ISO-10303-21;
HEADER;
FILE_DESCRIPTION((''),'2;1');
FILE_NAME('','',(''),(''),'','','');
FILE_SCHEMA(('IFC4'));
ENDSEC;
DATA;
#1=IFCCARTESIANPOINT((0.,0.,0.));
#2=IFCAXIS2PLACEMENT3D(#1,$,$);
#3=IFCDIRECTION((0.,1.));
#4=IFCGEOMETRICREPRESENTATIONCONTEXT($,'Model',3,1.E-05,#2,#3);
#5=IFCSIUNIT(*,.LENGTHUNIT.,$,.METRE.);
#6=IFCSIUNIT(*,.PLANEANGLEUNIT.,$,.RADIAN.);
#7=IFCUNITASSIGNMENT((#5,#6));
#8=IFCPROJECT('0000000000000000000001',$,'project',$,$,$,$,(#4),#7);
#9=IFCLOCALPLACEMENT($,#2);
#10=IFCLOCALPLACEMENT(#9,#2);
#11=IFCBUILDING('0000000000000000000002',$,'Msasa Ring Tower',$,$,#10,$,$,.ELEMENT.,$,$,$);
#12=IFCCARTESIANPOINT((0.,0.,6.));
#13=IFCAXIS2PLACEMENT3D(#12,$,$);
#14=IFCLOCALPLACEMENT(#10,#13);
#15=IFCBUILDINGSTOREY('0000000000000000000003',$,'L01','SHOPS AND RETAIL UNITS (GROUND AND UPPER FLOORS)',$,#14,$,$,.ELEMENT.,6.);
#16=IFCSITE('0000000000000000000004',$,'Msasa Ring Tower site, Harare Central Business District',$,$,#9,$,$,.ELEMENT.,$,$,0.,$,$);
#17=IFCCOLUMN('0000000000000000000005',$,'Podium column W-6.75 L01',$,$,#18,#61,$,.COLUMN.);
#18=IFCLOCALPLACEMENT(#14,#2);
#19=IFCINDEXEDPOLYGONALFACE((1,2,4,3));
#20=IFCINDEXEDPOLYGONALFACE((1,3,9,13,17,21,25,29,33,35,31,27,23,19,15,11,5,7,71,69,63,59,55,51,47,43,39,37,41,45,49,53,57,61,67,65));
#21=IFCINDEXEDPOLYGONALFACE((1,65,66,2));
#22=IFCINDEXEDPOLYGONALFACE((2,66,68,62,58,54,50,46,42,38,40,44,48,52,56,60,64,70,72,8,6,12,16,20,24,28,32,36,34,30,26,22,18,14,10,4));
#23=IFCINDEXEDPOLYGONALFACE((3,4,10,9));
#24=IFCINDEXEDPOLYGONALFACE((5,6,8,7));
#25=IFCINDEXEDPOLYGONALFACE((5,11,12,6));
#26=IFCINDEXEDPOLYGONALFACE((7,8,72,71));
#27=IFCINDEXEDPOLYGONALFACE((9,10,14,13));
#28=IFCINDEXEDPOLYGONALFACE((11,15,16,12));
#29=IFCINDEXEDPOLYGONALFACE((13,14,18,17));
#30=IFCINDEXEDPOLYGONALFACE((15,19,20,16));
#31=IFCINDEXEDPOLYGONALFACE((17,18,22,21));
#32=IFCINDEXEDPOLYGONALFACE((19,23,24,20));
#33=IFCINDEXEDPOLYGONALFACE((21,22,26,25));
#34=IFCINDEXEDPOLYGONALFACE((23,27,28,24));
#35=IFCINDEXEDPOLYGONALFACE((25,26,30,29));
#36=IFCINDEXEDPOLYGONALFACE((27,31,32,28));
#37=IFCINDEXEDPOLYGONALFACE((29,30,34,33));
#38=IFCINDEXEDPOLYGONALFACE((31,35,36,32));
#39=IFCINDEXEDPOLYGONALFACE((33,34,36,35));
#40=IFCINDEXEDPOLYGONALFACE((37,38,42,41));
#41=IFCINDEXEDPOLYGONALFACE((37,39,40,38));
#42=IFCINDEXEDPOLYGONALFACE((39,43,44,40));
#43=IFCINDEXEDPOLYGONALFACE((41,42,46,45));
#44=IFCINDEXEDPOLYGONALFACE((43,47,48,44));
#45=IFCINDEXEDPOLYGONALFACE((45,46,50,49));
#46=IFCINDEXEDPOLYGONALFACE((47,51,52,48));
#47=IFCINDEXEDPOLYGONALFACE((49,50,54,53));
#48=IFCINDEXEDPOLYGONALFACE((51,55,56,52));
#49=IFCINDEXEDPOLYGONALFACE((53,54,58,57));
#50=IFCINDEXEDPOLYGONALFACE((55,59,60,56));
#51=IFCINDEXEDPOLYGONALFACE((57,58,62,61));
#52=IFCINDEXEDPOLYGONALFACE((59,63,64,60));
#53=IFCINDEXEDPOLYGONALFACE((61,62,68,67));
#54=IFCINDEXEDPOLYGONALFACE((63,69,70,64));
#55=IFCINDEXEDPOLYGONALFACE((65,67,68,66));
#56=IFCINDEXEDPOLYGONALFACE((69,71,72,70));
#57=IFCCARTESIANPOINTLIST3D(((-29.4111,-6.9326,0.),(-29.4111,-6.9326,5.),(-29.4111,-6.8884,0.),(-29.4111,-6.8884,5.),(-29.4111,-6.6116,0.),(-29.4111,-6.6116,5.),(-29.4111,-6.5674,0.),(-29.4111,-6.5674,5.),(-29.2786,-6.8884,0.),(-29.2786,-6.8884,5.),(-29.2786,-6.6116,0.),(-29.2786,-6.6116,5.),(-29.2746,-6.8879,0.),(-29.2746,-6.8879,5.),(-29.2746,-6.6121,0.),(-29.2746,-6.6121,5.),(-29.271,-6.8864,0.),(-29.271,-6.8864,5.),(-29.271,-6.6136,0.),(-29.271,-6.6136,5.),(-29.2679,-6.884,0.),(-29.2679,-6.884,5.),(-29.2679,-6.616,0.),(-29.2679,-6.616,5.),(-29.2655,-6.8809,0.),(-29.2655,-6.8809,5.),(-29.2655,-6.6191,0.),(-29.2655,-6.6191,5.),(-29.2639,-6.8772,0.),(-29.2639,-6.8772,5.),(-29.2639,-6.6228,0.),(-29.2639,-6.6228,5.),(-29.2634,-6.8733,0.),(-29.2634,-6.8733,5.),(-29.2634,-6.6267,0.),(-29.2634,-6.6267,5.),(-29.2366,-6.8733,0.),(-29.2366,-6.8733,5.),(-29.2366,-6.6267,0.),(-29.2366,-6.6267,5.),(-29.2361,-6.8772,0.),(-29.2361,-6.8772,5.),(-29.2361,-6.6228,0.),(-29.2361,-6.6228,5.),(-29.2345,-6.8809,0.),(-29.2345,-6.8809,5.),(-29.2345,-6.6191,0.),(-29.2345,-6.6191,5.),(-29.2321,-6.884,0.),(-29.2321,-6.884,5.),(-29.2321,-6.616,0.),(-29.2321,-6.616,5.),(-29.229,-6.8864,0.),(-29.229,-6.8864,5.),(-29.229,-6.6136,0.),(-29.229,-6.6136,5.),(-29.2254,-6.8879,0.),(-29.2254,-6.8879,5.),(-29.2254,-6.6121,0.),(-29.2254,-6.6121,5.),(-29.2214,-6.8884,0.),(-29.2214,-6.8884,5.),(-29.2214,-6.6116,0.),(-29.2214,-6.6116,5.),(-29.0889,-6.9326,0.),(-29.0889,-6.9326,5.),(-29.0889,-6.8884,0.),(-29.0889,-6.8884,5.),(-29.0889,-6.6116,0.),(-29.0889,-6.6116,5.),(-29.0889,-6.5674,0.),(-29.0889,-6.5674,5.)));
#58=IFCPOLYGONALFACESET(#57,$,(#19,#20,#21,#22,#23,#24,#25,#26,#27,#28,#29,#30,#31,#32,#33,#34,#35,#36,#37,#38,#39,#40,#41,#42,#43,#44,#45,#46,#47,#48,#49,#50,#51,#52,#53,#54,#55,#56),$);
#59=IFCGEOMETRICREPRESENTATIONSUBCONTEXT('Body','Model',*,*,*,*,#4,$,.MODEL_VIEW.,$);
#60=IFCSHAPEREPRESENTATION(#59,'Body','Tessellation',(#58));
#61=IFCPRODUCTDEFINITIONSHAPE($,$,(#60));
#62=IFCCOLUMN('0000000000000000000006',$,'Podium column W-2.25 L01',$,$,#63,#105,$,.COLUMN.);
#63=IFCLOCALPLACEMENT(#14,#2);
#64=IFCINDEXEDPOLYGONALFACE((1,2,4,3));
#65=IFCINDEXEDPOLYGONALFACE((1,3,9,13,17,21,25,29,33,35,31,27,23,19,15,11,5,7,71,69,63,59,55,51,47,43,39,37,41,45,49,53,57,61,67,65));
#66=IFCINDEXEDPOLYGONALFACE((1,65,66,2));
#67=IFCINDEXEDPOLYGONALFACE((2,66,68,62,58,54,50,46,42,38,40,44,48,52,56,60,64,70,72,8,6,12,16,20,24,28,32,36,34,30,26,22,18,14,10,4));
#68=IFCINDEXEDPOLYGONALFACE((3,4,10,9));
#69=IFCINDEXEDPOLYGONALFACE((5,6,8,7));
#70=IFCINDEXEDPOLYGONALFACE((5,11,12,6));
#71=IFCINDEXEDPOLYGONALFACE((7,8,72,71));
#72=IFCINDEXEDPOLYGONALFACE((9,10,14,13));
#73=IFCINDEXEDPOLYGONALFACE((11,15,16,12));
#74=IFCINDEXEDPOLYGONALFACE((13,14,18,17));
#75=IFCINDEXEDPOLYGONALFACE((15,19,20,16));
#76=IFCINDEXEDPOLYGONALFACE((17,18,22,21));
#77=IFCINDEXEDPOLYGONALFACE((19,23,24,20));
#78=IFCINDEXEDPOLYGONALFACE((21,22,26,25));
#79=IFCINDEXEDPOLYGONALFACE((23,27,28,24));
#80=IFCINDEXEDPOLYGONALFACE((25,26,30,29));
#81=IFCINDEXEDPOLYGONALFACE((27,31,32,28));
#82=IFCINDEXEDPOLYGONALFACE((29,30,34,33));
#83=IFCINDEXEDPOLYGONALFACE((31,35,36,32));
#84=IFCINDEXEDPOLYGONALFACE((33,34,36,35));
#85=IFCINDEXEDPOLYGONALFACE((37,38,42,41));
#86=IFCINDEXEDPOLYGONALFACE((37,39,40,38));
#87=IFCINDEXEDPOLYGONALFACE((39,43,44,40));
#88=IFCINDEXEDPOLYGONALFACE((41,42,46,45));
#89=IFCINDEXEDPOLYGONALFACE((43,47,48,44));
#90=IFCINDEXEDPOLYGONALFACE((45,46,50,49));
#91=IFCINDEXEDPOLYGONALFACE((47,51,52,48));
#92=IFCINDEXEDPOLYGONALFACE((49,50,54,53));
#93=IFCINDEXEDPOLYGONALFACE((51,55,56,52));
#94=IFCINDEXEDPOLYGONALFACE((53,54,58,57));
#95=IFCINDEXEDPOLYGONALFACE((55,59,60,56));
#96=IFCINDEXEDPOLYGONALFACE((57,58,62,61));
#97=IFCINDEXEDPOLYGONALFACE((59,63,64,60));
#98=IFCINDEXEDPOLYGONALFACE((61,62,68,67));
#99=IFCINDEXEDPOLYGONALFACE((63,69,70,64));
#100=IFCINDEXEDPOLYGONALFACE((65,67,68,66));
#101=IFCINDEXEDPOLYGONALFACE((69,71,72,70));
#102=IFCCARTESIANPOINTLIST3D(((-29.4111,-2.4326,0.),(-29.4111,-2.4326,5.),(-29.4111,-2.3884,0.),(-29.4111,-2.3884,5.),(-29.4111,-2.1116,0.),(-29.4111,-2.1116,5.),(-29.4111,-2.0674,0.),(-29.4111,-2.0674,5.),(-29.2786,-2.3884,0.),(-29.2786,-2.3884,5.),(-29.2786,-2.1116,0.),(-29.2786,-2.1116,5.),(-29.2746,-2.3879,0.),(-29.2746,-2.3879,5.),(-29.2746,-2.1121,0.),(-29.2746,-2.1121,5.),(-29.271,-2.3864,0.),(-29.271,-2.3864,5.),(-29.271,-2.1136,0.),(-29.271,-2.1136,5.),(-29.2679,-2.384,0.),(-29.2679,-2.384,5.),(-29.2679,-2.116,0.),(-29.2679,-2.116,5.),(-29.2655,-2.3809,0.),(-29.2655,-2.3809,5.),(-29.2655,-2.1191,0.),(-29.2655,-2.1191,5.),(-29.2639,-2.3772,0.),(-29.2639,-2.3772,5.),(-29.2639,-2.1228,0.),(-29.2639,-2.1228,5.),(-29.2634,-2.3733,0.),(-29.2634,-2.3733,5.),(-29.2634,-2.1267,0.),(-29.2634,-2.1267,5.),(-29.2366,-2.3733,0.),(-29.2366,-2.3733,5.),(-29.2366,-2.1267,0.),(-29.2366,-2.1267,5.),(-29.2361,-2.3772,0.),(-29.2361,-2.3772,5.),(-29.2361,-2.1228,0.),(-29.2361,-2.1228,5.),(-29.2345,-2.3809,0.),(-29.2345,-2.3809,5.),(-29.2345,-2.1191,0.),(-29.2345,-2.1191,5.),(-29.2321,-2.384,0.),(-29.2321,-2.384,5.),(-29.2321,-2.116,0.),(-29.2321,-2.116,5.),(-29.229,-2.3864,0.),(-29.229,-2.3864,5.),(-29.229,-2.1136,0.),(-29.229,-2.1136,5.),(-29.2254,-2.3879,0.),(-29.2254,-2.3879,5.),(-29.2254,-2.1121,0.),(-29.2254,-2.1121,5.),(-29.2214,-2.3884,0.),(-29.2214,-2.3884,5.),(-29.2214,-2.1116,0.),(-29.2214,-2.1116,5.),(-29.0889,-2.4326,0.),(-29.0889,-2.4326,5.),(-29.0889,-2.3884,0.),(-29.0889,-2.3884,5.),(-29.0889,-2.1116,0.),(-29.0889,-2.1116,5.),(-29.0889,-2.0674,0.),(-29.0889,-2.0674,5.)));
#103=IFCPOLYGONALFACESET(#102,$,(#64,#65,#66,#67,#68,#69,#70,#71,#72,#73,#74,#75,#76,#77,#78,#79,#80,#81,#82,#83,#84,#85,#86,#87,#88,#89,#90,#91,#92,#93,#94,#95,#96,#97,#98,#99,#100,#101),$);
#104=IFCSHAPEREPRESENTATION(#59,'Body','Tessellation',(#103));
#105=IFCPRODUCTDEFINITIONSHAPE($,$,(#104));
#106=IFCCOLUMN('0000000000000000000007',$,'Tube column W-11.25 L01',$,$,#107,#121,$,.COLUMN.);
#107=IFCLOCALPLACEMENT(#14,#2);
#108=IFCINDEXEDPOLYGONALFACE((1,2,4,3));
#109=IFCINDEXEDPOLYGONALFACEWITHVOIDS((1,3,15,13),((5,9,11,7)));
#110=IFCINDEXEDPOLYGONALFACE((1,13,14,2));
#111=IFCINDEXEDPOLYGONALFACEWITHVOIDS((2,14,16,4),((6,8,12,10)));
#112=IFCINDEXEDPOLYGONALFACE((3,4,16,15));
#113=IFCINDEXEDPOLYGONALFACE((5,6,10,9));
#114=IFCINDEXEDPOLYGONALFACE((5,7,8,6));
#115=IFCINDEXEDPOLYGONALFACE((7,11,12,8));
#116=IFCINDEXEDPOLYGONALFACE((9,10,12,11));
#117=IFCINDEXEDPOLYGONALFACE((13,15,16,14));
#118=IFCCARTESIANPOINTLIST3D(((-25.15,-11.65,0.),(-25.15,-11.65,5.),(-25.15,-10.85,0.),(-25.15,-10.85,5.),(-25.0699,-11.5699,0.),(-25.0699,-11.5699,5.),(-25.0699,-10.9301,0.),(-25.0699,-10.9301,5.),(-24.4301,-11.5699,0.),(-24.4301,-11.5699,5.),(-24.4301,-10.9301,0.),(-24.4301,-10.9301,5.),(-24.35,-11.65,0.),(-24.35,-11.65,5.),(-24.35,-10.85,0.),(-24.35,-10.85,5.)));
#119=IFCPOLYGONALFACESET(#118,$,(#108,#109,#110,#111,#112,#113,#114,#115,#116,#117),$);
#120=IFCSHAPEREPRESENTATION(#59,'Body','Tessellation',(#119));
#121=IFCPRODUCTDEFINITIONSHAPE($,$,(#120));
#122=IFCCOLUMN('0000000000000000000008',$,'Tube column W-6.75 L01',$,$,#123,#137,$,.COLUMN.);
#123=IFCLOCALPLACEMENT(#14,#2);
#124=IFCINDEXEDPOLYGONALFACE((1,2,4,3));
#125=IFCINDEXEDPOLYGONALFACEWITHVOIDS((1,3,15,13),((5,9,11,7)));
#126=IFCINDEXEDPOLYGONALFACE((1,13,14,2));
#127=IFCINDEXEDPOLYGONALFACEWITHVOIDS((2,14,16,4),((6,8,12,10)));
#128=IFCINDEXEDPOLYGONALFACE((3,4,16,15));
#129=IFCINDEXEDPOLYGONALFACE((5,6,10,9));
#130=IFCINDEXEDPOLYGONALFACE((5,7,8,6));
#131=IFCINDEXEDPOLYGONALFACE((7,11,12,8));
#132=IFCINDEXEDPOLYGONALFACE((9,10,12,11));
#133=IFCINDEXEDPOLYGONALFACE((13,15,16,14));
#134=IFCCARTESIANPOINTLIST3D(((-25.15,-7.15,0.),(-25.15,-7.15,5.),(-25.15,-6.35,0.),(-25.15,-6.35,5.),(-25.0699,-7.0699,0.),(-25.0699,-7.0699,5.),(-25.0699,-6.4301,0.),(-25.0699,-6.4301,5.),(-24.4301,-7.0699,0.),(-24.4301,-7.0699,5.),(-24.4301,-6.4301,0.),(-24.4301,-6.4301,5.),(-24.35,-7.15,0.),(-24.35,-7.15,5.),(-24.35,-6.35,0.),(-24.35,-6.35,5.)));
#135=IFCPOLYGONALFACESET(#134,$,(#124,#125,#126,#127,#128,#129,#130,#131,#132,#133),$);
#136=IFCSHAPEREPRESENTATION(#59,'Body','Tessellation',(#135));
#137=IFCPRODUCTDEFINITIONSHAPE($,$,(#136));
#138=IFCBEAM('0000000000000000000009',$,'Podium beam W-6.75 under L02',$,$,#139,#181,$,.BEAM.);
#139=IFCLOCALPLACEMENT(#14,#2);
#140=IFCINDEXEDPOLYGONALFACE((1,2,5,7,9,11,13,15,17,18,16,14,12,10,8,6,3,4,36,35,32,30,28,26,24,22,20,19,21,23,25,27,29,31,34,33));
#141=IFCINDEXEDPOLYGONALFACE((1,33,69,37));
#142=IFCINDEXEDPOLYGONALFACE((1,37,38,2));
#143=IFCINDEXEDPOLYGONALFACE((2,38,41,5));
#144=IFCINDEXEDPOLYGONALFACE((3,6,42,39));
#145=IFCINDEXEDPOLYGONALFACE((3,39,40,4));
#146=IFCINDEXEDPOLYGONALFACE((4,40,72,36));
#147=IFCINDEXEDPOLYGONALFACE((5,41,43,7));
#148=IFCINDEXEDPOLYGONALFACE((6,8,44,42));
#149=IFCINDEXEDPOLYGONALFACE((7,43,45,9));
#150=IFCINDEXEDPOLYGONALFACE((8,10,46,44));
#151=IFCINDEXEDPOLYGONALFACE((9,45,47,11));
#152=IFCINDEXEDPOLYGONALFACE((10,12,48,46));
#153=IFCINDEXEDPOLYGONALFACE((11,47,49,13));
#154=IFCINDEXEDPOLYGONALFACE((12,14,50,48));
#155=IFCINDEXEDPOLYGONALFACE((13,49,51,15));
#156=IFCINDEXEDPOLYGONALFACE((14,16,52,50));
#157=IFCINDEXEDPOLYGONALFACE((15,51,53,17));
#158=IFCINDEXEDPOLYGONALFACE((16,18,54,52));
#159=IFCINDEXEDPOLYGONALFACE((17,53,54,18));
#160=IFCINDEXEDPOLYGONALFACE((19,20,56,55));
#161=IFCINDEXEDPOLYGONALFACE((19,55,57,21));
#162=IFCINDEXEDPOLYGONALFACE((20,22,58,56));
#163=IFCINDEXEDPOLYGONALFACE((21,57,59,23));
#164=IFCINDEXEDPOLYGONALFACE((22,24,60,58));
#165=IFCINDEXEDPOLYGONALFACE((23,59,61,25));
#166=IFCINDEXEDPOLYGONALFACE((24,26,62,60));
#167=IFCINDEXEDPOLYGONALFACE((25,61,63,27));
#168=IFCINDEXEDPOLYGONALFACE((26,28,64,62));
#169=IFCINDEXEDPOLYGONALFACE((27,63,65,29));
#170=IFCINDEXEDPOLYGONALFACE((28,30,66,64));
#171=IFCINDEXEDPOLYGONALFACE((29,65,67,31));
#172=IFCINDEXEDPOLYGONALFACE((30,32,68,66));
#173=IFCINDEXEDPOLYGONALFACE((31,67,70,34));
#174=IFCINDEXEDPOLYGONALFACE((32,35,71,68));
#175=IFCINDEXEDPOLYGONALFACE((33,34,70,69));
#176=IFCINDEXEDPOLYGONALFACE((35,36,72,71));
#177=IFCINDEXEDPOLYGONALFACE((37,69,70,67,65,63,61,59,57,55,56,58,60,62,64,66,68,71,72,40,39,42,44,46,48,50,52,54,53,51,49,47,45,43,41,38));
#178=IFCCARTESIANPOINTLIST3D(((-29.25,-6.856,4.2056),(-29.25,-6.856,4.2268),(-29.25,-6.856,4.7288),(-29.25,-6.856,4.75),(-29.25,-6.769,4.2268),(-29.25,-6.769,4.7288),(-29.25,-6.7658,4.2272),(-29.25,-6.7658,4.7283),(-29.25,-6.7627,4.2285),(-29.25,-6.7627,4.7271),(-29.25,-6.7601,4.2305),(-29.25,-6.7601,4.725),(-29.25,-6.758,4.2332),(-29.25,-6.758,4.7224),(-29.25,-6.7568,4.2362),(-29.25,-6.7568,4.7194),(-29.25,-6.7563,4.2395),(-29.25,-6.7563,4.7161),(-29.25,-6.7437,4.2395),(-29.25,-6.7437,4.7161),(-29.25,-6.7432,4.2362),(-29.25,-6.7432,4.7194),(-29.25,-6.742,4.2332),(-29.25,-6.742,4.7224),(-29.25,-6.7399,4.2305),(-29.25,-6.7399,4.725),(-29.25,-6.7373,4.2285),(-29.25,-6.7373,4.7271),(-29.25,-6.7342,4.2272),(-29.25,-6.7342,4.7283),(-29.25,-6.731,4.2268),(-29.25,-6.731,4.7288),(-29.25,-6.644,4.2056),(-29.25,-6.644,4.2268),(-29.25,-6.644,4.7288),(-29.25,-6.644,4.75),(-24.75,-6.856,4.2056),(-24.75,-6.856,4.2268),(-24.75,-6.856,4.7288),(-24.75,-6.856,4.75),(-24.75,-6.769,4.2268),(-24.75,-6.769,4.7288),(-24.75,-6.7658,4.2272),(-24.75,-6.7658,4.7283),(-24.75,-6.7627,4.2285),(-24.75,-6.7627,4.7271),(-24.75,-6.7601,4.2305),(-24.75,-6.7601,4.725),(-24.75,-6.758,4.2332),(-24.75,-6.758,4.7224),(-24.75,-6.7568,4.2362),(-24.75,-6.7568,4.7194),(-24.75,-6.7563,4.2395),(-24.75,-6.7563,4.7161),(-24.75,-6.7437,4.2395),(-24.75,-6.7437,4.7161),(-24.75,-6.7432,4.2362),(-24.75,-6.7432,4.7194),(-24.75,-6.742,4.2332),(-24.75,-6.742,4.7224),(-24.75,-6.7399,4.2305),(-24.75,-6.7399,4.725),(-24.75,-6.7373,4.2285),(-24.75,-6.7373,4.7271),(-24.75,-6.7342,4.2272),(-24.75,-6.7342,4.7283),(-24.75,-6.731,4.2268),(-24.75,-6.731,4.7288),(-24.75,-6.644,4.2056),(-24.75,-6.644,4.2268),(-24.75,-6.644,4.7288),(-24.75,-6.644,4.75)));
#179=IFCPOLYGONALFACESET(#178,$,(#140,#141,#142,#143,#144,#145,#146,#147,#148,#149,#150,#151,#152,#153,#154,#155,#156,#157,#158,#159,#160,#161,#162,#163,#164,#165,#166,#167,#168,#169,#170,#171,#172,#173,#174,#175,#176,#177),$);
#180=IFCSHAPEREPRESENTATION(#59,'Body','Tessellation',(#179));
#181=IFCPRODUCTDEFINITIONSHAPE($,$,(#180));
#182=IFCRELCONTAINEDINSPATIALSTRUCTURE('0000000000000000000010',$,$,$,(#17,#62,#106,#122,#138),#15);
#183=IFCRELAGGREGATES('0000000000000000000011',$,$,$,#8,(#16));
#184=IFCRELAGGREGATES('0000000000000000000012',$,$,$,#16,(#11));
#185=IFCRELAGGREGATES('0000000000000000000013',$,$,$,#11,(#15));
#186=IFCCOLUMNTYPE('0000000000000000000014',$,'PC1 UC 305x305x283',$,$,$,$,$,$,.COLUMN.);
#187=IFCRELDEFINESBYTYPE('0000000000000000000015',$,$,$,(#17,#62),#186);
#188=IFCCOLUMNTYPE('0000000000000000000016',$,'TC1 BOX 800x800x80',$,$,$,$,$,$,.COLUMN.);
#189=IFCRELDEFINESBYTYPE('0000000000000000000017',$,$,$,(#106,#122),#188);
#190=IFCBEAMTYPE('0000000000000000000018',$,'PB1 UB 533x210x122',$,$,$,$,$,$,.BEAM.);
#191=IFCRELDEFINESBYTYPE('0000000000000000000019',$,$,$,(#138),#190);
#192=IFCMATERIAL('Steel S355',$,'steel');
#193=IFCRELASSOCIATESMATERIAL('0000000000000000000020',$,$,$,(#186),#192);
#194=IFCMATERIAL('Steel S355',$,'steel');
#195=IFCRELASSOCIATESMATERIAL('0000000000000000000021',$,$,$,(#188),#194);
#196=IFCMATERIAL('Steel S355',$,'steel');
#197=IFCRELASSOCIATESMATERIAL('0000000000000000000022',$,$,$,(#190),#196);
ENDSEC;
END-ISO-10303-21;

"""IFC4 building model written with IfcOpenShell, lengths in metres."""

from ifc_helpers import new_model, si_unit, direction, frame, origin, origin_2d, place, context, subcontext, project, spatial, hollow_rectangle, i_section, extrude, material, material_profile, profile_set, type_object, element, save


model = new_model("IFC4")

# Units and contexts
model_context = context("Model", 3, precision=1e-05, world=origin(), true_north=direction((0.0, 1.0)))
body_context = subcontext(model_context, "Body", "Model", "MODEL_VIEW")
ifc_project = project(units=[si_unit("LENGTHUNIT", "METRE"), si_unit("PLANEANGLEUNIT", "RADIAN")], contexts=[model_context])

# Site, building, storey
site_placement = place(None, origin())
site = spatial("IfcSite", under=ifc_project, at=site_placement, Name="Msasa Ring Tower site, Harare Central Business District", CompositionType="ELEMENT", RefElevation=0.0)
building_placement = place(site_placement, origin())
building = spatial("IfcBuilding", under=site, at=building_placement, Name="Msasa Ring Tower", CompositionType="ELEMENT")
storey_placement = place(building_placement, frame((0.0, 0.0, 6.0)))
storey = spatial("IfcBuildingStorey", under=building, at=storey_placement, Name="L01", Description="SHOPS AND RETAIL UNITS (GROUND AND UPPER FLOORS)", CompositionType="ELEMENT", Elevation=6.0)

# Columns
ifc_material_1 = material(Name="Steel S355", Category="steel")
ifc_material_profile_1 = material_profile(ifc_material_1, i_section(OverallWidth=0.3223, OverallDepth=0.3652, WebThickness=0.0269, FlangeThickness=0.0442, FilletRadius=0.0151, at=origin_2d()), Name="UC 305x305x283")
ifc_profile_set_1 = profile_set([ifc_material_profile_1], Name="Steel S355")
column_type_1 = type_object("IfcColumnType", Name="PC1 UC 305x305x283", PredefinedType="COLUMN", material=ifc_profile_set_1)
for number, where, z_axis, x_axis, name in (
    (1, (-29.25, -6.75, 0.0), (0.0, 0.0, 1.0), (1.0, 0.0, 0.0), "Podium column W-6.75 L01"),
    (2, (-29.25, -2.25, 0.0), (0.0, 0.0, 1.0), (1.0, 0.0, 0.0), "Podium column W-2.25 L01"),
):
    element("IfcColumn", number, at=place(storey_placement, frame(where, z_axis=z_axis, x_axis=x_axis)), inside=storey, type_object=column_type_1, Name=name, PredefinedType="COLUMN", context=body_context, shape_type="SweptSolid", body=[
        extrude(i_section(OverallWidth=0.3223, OverallDepth=0.3652, WebThickness=0.0269, FlangeThickness=0.0442, FilletRadius=0.0151, at=origin_2d()), origin(), (0.0, 0.0, 1.0), 5.0),
    ])
ifc_material_2 = material(Name="Steel S355", Category="steel")
ifc_material_profile_2 = material_profile(ifc_material_2, hollow_rectangle(XDim=0.8, YDim=0.8, WallThickness=0.0801, at=origin_2d()), Name="BOX 800x800x80")
ifc_profile_set_2 = profile_set([ifc_material_profile_2], Name="Steel S355")
column_type_2 = type_object("IfcColumnType", Name="TC1 BOX 800x800x80", PredefinedType="COLUMN", material=ifc_profile_set_2)
for number, where, z_axis, x_axis, name in (
    (3, (-24.75, -11.25, 0.0), (0.0, 0.0, 1.0), (1.0, 0.0, 0.0), "Tube column W-11.25 L01"),
    (4, (-24.75, -6.75, 0.0), (0.0, 0.0, 1.0), (1.0, 0.0, 0.0), "Tube column W-6.75 L01"),
):
    element("IfcColumn", number, at=place(storey_placement, frame(where, z_axis=z_axis, x_axis=x_axis)), inside=storey, type_object=column_type_2, Name=name, PredefinedType="COLUMN", context=body_context, shape_type="SweptSolid", body=[
        extrude(hollow_rectangle(XDim=0.8, YDim=0.8, WallThickness=0.0801, at=origin_2d()), origin(), (0.0, 0.0, 1.0), 5.0),
    ])

# Beam
ifc_material_3 = material(Name="Steel S355", Category="steel")
ifc_material_profile_3 = material_profile(ifc_material_3, i_section(OverallWidth=0.2119, OverallDepth=0.5444, WebThickness=0.0127, FlangeThickness=0.0212, FilletRadius=0.0127, at=origin_2d()), Name="UB 533x210x122")
ifc_profile_set_3 = profile_set([ifc_material_profile_3], Name="Steel S355")
beam_type_1 = type_object("IfcBeamType", Name="PB1 UB 533x210x122", PredefinedType="BEAM", material=ifc_profile_set_3)
for number, where, z_axis, x_axis, name in (
    (5, (-29.25, -6.75, 4.4778), (1.0, 0.0, 0.0), (0.0, 1.0, 0.0), "Podium beam W-6.75 under L02"),
):
    element("IfcBeam", number, at=place(storey_placement, frame(where, z_axis=z_axis, x_axis=x_axis)), inside=storey, type_object=beam_type_1, Name=name, PredefinedType="BEAM", context=body_context, shape_type="SweptSolid", body=[
        extrude(i_section(OverallWidth=0.2119, OverallDepth=0.5444, WebThickness=0.0127, FlangeThickness=0.0212, FilletRadius=0.0127, at=origin_2d()), origin(), (0.0, 0.0, 1.0), 4.5),
    ])

save(model, "model.ifc")
